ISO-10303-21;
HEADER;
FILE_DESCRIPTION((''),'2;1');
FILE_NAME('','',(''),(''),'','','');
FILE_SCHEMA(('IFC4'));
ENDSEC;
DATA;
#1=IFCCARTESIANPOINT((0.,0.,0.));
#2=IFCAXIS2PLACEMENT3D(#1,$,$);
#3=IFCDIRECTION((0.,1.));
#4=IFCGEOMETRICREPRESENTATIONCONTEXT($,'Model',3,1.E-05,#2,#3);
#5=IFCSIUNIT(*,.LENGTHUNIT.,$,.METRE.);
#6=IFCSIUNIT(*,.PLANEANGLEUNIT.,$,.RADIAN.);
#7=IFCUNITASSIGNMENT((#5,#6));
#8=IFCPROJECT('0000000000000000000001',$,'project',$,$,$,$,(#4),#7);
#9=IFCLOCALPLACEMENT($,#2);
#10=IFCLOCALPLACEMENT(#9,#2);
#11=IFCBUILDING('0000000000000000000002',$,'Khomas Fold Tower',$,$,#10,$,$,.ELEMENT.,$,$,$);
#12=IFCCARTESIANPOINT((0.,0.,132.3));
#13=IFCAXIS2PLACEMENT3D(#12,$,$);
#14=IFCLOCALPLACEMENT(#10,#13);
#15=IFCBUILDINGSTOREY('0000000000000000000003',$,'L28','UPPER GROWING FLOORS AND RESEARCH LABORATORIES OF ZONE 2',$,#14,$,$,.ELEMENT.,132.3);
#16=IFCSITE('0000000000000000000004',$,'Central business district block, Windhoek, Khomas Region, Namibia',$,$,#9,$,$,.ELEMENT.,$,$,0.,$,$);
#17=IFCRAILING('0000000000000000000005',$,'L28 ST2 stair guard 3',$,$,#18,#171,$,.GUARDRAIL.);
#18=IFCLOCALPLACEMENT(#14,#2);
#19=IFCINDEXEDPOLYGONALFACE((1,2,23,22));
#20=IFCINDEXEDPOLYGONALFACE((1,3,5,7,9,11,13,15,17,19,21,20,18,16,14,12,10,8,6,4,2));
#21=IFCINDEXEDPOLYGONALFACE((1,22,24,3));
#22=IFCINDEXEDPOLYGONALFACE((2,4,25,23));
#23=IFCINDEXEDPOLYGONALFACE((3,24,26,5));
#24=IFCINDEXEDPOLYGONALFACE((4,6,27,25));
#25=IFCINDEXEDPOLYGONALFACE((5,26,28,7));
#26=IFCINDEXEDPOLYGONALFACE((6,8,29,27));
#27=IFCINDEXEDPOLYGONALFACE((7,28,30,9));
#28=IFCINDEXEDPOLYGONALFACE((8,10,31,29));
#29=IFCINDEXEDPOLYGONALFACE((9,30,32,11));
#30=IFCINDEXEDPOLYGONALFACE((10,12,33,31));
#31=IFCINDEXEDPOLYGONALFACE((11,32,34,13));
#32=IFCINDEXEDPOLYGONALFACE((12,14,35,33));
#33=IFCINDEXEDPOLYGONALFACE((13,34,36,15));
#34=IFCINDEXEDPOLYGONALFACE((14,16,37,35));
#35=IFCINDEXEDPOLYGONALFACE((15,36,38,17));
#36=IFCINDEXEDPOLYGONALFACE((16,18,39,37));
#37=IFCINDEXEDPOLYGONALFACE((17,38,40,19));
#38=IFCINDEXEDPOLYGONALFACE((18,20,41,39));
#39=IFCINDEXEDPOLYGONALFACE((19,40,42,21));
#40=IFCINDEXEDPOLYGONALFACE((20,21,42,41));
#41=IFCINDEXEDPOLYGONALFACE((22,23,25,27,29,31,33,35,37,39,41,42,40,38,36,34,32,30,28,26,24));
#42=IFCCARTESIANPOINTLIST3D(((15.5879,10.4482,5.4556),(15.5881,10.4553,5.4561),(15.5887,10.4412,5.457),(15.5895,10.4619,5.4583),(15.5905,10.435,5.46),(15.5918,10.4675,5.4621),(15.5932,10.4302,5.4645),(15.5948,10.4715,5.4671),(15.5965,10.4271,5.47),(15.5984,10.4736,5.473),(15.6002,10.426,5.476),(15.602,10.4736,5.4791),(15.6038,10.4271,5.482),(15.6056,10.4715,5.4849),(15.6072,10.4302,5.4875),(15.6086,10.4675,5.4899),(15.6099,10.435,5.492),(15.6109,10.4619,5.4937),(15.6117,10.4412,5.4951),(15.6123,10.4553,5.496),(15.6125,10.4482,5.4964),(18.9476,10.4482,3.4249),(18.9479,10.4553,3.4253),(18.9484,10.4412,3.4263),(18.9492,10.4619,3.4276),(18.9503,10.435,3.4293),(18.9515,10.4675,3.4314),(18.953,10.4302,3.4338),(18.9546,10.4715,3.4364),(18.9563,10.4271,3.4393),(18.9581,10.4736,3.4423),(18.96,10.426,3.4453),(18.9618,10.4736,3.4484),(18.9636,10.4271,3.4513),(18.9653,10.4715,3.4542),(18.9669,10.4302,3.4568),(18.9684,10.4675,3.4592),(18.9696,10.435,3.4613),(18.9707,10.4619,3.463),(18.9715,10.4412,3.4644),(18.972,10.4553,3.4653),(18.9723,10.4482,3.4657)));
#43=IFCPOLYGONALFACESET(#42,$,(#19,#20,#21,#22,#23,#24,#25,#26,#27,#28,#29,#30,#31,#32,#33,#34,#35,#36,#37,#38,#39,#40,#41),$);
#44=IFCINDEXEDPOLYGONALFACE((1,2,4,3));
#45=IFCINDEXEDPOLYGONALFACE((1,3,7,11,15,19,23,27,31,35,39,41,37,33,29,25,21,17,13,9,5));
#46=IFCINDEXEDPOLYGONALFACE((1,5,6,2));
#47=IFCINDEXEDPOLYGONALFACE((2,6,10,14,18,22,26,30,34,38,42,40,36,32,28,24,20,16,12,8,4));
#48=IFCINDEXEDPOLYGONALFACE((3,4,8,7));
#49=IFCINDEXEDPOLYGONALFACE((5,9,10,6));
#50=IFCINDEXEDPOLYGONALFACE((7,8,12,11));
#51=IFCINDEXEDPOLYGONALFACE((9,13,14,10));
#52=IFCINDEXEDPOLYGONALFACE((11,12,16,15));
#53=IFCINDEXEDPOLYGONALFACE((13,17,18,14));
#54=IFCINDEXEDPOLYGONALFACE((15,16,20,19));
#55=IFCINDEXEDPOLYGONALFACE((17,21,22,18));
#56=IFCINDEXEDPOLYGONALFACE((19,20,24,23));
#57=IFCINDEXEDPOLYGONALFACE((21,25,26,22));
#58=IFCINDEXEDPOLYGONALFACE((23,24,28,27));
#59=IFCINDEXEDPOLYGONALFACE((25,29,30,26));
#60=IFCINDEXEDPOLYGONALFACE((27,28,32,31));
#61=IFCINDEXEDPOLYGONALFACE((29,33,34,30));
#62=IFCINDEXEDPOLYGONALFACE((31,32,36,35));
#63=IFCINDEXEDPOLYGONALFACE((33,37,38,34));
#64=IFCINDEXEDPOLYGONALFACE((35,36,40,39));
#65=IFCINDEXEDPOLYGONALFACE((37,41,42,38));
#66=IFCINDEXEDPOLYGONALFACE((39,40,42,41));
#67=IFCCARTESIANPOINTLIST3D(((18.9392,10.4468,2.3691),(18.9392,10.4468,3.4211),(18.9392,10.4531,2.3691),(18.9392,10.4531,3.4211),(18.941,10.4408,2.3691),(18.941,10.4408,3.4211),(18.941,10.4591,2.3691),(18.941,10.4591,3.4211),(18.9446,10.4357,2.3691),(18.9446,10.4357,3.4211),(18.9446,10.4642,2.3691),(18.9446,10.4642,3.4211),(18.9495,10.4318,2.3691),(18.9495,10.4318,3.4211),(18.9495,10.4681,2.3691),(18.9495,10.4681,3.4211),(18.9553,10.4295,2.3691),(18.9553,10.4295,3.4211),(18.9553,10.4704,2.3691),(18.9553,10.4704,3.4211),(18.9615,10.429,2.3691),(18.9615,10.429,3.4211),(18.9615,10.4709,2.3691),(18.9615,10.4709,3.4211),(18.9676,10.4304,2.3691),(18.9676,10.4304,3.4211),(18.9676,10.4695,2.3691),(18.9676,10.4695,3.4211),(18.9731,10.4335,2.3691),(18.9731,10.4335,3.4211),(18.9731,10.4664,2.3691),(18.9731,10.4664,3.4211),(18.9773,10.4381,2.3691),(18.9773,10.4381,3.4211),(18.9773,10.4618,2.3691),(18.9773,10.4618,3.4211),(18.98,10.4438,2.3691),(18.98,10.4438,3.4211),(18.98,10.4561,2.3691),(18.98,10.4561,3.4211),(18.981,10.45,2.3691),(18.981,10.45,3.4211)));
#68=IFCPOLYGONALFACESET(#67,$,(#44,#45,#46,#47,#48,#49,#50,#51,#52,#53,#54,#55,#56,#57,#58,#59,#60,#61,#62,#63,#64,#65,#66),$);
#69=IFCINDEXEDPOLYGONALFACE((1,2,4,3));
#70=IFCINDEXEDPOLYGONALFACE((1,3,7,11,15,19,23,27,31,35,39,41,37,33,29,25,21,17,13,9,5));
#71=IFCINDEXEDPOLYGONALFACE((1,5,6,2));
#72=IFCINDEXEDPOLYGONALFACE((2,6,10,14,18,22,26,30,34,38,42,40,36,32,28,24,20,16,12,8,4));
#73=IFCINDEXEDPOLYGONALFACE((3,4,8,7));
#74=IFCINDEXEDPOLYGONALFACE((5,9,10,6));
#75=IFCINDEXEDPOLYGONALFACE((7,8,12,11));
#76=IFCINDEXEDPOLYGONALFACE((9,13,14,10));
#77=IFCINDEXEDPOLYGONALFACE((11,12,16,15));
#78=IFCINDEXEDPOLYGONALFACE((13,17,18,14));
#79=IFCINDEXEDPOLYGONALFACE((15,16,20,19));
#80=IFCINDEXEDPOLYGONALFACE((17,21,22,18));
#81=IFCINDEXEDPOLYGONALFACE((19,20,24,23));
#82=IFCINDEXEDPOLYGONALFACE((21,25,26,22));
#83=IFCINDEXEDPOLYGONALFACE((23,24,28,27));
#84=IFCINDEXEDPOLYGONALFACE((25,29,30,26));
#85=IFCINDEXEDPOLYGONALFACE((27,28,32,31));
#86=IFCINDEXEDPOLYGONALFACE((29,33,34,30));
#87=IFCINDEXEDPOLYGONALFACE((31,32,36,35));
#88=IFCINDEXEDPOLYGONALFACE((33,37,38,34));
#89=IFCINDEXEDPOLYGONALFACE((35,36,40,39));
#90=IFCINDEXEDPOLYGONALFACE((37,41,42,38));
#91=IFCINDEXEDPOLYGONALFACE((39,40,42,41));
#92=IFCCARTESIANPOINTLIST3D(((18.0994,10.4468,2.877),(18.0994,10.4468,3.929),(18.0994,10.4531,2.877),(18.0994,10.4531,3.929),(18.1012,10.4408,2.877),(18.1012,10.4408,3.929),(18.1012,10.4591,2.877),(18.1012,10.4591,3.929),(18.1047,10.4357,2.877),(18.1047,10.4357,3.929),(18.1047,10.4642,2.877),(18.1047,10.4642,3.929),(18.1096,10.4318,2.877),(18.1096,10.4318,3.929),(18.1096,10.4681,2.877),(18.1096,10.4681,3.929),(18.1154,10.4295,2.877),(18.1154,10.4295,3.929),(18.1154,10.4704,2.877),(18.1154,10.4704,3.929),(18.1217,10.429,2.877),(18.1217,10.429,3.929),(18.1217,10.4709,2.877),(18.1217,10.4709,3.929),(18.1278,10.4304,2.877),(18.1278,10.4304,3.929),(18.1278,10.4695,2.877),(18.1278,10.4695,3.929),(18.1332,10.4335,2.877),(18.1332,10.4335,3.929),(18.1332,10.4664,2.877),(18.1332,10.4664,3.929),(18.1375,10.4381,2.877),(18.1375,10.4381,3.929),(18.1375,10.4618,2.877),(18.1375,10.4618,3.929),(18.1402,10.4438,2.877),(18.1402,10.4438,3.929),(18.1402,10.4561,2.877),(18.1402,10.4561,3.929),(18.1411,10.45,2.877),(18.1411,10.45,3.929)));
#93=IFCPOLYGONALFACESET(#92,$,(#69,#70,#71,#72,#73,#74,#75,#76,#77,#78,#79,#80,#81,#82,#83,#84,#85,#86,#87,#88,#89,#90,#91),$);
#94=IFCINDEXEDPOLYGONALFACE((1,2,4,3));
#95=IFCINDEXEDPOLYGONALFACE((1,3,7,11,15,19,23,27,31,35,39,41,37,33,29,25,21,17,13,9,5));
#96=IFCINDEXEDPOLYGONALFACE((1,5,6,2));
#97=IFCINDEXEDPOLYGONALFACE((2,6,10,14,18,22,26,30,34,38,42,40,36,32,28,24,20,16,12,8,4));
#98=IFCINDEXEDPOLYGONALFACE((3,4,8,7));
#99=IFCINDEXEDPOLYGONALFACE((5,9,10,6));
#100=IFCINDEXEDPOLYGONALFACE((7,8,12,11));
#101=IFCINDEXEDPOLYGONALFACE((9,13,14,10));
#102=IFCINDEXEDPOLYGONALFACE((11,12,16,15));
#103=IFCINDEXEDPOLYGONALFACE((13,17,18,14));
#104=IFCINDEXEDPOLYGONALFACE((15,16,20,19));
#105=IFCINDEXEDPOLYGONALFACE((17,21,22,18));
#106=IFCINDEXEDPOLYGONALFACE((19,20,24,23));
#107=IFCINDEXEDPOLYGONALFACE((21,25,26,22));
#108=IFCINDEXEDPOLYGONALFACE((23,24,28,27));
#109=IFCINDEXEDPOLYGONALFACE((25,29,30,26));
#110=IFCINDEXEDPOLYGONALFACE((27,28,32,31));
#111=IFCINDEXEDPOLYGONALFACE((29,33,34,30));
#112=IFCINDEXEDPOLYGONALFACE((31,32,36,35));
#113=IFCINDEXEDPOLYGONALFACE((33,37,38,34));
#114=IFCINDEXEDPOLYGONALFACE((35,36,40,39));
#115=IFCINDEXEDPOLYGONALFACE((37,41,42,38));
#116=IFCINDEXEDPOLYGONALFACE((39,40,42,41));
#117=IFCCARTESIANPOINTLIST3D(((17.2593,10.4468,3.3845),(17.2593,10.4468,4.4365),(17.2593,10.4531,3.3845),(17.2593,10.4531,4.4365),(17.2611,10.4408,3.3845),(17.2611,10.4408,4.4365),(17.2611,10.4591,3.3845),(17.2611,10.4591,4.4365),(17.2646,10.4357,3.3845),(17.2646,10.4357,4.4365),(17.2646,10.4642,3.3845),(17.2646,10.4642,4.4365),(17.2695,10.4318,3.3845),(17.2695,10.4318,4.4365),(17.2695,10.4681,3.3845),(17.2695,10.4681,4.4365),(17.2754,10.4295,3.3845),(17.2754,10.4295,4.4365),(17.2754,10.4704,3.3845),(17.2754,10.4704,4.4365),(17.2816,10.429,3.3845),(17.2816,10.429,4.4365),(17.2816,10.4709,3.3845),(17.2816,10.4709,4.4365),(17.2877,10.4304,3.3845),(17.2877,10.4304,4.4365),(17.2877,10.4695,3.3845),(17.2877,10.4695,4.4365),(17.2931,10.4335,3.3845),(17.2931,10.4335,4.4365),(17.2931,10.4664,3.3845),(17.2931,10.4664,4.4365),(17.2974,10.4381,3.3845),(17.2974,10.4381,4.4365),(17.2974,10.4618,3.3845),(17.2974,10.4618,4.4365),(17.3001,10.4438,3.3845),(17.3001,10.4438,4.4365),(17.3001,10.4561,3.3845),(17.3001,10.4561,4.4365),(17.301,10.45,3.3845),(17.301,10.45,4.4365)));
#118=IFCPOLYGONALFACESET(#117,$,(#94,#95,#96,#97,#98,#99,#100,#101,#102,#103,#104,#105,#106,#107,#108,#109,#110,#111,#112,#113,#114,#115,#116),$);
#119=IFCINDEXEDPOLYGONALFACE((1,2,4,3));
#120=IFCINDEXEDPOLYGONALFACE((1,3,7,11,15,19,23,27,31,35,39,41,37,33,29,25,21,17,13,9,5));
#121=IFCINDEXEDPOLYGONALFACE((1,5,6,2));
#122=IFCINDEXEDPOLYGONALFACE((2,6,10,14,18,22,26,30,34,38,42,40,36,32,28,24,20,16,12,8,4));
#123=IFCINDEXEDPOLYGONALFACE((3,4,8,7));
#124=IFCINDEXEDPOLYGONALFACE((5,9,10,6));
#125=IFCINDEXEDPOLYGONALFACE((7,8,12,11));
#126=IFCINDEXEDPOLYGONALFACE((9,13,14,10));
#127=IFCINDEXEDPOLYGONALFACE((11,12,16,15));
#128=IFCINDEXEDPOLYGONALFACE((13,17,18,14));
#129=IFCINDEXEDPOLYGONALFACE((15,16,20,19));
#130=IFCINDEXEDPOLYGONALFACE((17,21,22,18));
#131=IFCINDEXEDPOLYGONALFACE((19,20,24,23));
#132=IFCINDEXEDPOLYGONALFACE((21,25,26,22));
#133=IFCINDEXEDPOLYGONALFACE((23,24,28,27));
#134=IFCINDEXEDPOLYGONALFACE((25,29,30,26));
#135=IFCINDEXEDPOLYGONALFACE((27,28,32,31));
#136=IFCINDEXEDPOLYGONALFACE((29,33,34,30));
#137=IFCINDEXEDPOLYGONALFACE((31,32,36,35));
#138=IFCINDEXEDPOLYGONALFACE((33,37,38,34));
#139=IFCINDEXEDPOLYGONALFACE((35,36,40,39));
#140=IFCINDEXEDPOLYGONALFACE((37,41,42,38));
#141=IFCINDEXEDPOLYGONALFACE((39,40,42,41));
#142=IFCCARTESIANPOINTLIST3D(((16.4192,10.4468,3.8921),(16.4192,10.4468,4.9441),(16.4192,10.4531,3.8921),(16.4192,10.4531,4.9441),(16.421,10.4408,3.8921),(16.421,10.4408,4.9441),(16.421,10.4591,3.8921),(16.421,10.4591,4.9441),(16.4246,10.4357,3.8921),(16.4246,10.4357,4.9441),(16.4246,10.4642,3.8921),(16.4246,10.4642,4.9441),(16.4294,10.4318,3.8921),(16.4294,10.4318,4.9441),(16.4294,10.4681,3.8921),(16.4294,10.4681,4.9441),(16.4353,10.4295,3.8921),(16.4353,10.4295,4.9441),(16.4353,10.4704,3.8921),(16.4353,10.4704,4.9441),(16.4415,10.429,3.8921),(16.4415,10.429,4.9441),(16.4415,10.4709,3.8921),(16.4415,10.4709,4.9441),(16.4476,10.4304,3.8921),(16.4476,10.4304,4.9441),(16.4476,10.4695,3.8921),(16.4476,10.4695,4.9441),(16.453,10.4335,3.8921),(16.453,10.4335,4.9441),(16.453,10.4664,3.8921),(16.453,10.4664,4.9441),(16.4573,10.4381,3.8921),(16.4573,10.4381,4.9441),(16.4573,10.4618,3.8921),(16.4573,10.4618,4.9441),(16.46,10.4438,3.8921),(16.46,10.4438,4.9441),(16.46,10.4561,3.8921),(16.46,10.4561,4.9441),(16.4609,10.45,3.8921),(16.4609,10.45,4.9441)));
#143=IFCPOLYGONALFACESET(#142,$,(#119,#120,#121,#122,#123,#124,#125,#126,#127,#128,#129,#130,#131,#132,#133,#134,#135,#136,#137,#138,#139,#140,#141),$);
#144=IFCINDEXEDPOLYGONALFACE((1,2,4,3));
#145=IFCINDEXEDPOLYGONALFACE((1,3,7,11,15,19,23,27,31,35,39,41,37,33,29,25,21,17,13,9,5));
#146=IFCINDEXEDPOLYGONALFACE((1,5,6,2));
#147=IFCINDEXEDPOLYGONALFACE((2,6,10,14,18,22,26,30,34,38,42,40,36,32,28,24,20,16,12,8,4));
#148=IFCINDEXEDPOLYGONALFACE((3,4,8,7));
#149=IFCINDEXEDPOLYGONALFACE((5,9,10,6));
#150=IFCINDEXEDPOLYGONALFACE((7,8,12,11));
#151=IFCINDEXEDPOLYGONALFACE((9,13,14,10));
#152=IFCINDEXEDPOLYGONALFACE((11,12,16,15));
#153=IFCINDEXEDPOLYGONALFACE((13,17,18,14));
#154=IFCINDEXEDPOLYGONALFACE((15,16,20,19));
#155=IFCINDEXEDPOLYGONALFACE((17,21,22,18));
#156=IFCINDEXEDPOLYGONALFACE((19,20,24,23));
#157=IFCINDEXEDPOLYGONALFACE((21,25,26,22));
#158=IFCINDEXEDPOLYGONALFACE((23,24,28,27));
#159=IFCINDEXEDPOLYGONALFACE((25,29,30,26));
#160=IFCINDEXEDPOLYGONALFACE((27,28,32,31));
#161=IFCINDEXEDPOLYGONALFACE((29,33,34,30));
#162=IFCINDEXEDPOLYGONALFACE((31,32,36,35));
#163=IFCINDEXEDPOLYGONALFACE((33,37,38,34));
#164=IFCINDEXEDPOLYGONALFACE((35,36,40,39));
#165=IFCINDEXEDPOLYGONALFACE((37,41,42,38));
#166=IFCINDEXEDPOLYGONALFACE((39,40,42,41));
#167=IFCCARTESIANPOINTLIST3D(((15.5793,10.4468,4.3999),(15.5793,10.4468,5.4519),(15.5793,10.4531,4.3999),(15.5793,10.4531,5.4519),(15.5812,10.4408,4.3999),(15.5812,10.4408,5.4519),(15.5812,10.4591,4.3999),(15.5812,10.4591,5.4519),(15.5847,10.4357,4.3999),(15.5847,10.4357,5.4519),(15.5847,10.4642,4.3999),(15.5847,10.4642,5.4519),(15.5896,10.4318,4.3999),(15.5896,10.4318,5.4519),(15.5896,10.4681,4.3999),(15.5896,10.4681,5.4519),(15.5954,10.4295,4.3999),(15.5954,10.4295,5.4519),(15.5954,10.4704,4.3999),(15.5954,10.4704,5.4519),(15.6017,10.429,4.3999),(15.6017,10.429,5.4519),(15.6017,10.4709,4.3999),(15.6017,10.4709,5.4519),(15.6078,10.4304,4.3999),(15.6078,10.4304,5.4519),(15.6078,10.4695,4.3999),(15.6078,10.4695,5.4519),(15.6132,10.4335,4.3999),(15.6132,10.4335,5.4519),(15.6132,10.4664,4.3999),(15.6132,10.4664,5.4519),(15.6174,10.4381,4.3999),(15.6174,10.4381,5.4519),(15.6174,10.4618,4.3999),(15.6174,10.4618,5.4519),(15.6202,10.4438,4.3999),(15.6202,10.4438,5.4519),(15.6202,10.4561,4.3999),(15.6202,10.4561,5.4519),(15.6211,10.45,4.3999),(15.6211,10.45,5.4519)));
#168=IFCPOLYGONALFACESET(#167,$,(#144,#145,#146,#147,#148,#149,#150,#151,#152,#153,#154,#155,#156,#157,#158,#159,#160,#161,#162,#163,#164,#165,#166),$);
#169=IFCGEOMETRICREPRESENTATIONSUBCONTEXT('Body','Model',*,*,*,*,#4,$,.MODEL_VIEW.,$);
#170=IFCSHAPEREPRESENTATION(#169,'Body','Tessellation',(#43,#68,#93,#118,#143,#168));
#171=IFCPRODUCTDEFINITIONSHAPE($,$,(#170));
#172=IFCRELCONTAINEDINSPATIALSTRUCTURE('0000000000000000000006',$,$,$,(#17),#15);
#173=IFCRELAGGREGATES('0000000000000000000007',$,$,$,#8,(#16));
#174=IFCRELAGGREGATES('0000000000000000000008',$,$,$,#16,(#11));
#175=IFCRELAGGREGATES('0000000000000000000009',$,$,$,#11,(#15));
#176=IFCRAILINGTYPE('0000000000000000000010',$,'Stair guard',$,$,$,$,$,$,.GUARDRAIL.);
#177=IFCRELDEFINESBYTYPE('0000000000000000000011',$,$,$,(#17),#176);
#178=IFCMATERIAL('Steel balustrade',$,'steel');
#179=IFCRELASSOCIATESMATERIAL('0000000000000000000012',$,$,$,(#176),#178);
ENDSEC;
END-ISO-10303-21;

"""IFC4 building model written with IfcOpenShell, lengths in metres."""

from ifc_helpers import new_model, si_unit, direction, frame, origin, origin_2d, place, context, subcontext, project, spatial, circle, extrude, source, transform, mapped, material, type_object, element, save


model = new_model("IFC4")

# Units and contexts
model_context = context("Model", 3, precision=1e-05, world=origin(), true_north=direction((0.0, 1.0)))
body_context = subcontext(model_context, "Body", "Model", "MODEL_VIEW")
ifc_project = project(units=[si_unit("LENGTHUNIT", "METRE"), si_unit("PLANEANGLEUNIT", "RADIAN")], contexts=[model_context])

# Site, building, storey
site_placement = place(None, origin())
site = spatial("IfcSite", under=ifc_project, at=site_placement, Name="Central business district block, Windhoek, Khomas Region, Namibia", CompositionType="ELEMENT", RefElevation=0.0)
building_placement = place(site_placement, origin())
building = spatial("IfcBuilding", under=site, at=building_placement, Name="Khomas Fold Tower", CompositionType="ELEMENT")
storey_placement = place(building_placement, frame((0.0, 0.0, 132.3)))
storey = spatial("IfcBuildingStorey", under=building, at=storey_placement, Name="L28", Description="UPPER GROWING FLOORS AND RESEARCH LABORATORIES OF ZONE 2", CompositionType="ELEMENT", Elevation=132.3)

# Railing
ifc_material_1 = material(Name="Steel balustrade", Category="steel")
railing_type_1 = type_object("IfcRailingType", Name="Stair guard", PredefinedType="GUARDRAIL", material=ifc_material_1)
shared_shape_1 = source(origin(), body_context, "Body", "SweptSolid", [
    extrude(circle(Radius=0.0239, at=origin_2d()), frame((0.0, 0.0, 1.0762), z_axis=(-0.85582, 0.0, 0.517273), x_axis=(0.0, -1.0, 0.0)), (0.0, 0.0, 1.0), 3.9258),
    extrude(circle(Radius=0.021, at=origin_2d()), origin(), (0.0, 0.0, 1.0), 1.052),
    extrude(circle(Radius=0.021, at=origin_2d()), frame((-0.8398, 0.0, 0.5078)), (0.0, 0.0, 1.0), 1.052),
    extrude(circle(Radius=0.021, at=origin_2d()), frame((-1.6799, 0.0, 1.0154)), (0.0, 0.0, 1.0), 1.052),
    extrude(circle(Radius=0.021, at=origin_2d()), frame((-2.52, 0.0, 1.5229)), (0.0, 0.0, 1.0), 1.052),
    extrude(circle(Radius=0.021, at=origin_2d()), frame((-3.3599, 0.0, 2.0308)), (0.0, 0.0, 1.0), 1.052),
])
railing_1_placement = place(storey_placement, frame((18.96, 10.45, 2.3691)))
element("IfcRailing", 1, at=railing_1_placement, inside=storey, type_object=railing_type_1, Name="L28 ST2 stair guard 3", PredefinedType="GUARDRAIL", context=body_context, shape_type="MappedRepresentation", body=[
    mapped(shared_shape_1, transform((0.0, 0.0, 0.0))),
])

save(model, "model.ifc")
